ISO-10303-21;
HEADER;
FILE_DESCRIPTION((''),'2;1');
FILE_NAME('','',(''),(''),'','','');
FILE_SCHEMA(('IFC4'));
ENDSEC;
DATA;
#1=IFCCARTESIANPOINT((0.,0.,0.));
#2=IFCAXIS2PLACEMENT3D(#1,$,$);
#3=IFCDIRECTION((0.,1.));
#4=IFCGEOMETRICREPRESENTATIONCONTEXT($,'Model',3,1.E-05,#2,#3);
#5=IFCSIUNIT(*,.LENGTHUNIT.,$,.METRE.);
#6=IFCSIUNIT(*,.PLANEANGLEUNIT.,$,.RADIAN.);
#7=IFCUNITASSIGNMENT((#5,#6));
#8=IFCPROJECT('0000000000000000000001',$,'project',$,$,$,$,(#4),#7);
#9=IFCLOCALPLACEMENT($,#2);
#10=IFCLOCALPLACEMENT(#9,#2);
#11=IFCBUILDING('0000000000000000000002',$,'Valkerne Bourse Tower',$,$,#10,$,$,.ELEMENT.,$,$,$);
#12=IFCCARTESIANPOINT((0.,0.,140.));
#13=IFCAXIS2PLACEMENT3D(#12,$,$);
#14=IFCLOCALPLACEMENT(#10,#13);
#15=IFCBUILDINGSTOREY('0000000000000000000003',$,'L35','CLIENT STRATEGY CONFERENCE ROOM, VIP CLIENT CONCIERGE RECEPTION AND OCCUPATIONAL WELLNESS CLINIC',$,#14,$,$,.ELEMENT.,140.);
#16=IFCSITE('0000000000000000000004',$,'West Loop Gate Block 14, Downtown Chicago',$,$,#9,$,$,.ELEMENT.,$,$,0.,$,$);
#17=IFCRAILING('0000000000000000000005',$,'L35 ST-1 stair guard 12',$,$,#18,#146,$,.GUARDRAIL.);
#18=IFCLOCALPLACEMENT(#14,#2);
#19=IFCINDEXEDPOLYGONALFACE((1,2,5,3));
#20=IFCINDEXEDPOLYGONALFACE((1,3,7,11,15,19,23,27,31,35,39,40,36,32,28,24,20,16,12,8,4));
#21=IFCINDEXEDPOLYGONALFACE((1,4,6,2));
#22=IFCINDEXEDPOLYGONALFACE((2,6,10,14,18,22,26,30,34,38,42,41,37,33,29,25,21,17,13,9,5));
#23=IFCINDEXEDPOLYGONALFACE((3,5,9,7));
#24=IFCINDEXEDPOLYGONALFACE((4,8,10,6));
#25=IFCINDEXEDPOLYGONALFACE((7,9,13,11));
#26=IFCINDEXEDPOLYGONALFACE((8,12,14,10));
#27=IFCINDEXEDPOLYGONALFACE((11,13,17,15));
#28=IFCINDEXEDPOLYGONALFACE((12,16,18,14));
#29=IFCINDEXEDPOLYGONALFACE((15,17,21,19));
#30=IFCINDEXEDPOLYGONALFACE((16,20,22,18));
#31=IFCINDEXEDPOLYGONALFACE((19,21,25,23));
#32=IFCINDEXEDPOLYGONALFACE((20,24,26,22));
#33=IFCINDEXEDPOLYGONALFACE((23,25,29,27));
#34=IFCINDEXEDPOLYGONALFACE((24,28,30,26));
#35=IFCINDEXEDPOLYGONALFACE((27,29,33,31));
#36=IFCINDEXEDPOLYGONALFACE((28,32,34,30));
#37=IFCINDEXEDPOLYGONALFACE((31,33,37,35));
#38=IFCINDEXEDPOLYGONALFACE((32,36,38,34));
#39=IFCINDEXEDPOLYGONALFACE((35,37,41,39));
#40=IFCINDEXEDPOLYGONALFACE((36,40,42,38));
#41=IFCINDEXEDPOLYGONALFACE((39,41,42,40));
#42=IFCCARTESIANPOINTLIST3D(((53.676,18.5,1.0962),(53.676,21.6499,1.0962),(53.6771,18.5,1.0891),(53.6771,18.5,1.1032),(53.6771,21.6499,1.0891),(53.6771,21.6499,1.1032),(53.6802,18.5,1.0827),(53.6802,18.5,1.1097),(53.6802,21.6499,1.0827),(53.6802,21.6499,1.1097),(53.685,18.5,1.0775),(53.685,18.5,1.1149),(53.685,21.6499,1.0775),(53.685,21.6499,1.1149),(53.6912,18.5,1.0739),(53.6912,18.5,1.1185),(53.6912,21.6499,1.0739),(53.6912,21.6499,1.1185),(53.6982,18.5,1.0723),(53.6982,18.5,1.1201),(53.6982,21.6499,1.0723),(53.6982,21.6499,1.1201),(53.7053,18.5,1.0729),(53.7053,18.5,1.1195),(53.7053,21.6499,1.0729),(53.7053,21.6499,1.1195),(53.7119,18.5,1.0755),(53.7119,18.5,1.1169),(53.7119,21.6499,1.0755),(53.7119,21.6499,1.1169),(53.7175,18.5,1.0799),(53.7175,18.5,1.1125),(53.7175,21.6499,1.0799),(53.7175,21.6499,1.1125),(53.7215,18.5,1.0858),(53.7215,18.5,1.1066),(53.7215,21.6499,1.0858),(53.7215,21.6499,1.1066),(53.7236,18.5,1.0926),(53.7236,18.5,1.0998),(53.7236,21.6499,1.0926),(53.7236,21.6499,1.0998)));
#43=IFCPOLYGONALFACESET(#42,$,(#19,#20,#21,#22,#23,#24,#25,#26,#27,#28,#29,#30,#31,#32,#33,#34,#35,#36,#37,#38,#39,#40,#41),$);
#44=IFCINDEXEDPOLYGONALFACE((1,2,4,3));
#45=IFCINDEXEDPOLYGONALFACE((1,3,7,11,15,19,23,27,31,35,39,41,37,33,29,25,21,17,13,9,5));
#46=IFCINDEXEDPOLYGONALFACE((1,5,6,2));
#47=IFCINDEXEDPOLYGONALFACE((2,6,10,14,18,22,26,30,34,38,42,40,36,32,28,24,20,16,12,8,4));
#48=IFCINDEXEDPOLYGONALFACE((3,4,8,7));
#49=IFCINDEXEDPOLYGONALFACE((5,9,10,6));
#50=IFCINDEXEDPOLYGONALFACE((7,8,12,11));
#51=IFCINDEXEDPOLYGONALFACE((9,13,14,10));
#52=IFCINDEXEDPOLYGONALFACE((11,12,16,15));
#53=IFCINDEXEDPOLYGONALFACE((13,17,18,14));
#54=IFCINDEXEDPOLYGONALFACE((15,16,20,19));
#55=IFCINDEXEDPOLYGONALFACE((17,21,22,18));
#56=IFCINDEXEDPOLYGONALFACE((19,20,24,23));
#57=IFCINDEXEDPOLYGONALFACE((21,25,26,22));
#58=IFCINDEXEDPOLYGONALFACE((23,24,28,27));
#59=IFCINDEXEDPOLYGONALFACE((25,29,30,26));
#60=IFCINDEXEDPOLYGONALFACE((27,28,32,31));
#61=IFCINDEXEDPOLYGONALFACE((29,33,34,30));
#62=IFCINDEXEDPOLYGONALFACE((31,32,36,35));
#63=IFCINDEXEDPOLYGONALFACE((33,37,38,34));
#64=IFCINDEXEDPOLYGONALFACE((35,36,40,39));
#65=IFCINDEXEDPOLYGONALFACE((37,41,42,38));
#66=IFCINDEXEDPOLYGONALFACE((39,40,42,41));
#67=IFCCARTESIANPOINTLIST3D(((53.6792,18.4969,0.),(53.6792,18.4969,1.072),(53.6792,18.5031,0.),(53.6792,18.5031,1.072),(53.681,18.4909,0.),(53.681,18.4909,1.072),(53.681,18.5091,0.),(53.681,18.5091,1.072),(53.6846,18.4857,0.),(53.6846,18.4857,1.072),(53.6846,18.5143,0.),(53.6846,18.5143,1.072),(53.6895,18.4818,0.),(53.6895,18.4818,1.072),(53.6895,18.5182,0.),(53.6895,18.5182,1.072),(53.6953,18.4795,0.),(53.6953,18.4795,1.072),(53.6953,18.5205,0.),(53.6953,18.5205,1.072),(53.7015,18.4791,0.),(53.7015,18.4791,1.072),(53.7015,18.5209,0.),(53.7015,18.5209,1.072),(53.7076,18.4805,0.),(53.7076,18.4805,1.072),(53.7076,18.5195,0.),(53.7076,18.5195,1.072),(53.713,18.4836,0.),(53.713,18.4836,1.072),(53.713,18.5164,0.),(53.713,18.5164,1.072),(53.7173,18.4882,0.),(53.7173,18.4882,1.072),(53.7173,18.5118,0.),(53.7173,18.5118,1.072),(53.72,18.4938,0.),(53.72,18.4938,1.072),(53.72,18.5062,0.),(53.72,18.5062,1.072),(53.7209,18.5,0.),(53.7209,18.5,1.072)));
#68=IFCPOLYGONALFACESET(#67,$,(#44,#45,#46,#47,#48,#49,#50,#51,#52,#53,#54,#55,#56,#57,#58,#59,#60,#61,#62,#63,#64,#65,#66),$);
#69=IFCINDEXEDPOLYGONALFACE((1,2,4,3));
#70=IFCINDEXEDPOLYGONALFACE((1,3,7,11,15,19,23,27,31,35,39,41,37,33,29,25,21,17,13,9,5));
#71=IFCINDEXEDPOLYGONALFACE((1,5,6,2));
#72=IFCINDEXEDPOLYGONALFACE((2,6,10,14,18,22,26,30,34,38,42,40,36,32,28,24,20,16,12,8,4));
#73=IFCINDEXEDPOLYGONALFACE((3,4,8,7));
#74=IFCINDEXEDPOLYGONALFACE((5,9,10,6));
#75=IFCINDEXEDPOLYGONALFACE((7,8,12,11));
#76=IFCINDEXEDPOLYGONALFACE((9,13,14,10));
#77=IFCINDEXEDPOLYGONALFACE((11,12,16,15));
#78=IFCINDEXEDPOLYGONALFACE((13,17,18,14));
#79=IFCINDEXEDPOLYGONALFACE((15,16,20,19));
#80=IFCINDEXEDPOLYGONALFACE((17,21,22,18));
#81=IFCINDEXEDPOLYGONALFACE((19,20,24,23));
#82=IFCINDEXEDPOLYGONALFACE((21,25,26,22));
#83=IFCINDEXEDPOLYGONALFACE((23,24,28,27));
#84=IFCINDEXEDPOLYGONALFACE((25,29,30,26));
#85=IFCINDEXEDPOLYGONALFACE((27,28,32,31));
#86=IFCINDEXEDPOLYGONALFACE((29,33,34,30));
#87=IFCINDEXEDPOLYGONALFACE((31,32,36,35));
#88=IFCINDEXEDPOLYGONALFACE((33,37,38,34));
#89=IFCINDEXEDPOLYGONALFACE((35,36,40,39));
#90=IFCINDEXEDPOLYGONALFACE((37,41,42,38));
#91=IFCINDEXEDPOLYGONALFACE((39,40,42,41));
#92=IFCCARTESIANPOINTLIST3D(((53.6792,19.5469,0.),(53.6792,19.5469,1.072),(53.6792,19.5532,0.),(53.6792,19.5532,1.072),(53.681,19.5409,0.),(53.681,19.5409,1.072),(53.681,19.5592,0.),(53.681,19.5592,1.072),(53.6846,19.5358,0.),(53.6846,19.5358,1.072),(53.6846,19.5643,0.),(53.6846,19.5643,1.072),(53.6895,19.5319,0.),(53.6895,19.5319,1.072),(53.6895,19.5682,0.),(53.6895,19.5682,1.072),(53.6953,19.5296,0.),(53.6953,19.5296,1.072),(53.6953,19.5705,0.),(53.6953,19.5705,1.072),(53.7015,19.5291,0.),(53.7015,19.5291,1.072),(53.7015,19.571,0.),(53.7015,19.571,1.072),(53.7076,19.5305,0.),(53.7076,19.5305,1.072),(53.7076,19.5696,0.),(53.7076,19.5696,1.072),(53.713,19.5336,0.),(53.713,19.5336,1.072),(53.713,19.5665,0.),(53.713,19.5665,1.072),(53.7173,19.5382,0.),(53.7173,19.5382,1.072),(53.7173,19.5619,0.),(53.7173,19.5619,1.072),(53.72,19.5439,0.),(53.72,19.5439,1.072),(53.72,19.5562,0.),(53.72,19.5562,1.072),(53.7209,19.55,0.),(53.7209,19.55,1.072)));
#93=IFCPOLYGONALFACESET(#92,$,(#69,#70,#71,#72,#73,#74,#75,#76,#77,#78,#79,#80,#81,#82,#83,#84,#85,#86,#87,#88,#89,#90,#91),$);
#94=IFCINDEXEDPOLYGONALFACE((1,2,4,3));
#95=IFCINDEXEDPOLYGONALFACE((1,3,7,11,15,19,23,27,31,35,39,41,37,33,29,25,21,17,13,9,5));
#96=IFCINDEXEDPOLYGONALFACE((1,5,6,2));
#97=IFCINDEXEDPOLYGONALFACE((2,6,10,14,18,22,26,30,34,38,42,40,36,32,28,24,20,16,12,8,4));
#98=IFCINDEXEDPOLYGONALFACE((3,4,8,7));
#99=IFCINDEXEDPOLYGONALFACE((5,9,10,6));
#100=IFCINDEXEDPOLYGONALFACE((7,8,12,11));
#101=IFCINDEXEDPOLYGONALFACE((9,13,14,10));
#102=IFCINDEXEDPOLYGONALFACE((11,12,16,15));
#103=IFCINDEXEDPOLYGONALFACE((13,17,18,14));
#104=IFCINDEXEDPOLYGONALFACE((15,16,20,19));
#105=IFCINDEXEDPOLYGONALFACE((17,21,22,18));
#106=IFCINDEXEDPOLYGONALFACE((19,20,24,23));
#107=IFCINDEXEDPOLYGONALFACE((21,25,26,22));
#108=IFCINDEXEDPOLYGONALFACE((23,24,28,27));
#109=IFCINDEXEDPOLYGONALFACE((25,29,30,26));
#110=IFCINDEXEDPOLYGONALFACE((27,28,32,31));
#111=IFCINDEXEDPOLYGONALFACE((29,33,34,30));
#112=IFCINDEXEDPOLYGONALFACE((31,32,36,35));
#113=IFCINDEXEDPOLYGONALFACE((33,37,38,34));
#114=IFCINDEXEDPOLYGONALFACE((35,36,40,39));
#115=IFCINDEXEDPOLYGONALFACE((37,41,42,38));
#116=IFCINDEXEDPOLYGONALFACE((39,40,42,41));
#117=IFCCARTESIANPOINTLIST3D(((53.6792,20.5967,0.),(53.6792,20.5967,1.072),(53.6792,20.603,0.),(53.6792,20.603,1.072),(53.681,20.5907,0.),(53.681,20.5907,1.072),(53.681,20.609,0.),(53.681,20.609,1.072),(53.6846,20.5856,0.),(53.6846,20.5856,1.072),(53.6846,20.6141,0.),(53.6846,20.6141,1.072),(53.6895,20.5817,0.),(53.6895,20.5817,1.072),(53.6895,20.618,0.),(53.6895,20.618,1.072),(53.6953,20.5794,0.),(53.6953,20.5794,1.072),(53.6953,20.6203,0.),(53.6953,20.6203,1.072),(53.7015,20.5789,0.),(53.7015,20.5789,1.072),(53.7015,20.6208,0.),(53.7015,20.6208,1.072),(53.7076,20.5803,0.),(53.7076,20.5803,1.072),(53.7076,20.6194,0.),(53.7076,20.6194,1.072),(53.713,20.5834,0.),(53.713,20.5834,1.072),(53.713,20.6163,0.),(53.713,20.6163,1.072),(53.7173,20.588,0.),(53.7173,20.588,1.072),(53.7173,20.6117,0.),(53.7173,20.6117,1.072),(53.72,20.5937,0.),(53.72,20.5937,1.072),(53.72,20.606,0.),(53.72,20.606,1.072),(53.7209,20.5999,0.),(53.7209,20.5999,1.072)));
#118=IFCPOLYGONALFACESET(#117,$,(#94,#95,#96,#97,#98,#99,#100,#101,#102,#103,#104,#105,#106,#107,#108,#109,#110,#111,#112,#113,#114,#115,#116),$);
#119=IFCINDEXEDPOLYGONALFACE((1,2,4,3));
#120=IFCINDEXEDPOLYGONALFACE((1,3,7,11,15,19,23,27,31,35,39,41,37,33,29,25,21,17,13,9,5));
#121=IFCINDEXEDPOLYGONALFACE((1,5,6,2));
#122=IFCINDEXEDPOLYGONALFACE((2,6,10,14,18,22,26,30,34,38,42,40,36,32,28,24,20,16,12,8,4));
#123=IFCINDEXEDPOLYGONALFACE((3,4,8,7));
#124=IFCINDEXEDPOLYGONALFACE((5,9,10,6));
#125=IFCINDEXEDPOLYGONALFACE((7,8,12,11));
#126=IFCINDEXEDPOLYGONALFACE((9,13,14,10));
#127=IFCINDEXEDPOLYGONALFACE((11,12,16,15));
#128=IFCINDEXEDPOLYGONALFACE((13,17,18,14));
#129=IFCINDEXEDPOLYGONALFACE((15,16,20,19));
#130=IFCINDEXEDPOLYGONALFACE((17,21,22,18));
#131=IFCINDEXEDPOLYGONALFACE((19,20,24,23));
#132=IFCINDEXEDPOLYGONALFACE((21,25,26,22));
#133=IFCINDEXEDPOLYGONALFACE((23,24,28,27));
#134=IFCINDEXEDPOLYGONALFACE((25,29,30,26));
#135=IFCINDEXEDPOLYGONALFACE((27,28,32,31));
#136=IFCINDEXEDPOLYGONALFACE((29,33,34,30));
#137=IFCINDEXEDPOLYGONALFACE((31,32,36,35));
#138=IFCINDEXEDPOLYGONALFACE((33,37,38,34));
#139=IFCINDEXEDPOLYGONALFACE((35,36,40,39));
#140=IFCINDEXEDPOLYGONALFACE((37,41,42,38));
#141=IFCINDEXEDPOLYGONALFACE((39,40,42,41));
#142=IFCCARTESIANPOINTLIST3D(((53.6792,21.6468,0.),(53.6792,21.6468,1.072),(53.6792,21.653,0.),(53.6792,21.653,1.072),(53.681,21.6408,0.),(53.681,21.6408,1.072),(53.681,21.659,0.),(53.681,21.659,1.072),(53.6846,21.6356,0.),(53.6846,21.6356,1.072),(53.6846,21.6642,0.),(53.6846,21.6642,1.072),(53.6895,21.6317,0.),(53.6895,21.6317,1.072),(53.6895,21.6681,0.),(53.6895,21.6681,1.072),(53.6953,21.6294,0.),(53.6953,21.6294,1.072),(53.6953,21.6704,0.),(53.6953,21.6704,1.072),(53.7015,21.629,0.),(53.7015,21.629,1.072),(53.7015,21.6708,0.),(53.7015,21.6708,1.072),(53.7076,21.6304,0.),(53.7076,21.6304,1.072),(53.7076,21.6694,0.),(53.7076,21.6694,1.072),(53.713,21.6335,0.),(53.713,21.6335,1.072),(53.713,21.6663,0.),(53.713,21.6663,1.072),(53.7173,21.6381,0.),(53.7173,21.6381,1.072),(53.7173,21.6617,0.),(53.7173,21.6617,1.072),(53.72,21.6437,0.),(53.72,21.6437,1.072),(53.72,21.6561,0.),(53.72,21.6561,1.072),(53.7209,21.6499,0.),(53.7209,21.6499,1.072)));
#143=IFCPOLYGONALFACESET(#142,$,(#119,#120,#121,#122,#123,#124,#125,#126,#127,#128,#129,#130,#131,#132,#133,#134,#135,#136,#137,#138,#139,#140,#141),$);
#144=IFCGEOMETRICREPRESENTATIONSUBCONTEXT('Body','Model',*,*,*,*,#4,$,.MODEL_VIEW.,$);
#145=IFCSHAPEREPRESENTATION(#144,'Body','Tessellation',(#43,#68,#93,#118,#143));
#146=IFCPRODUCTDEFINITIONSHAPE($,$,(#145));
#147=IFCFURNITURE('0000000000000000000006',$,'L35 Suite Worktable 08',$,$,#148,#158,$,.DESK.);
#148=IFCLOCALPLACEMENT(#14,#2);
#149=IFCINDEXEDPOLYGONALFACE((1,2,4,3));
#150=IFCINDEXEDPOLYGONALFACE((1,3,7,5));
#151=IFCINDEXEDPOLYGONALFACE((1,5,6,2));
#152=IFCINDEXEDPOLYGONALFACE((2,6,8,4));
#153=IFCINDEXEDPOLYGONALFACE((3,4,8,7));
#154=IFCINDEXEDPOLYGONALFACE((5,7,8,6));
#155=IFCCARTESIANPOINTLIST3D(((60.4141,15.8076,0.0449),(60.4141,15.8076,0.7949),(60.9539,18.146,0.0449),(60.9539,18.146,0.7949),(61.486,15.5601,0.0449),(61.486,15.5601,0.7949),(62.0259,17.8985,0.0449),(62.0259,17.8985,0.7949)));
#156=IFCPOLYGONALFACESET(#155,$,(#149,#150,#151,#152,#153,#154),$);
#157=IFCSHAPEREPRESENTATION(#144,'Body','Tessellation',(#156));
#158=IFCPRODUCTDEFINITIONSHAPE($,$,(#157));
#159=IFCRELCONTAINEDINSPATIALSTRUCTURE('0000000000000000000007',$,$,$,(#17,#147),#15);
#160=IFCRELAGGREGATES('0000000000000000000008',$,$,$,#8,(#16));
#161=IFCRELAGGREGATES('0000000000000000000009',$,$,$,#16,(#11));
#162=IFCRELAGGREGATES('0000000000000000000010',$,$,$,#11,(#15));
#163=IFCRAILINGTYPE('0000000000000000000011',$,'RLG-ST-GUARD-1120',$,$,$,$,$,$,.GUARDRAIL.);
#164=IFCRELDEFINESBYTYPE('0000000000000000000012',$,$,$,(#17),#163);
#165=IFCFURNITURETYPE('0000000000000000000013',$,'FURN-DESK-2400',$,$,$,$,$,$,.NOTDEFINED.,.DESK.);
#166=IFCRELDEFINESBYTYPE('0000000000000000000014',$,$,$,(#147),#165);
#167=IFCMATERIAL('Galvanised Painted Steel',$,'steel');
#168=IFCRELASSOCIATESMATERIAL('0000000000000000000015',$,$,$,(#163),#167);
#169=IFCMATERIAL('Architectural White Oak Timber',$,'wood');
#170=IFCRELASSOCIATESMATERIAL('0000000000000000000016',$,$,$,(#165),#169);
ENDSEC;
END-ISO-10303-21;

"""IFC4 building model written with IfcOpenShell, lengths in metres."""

from ifc_helpers import new_model, si_unit, direction, frame, origin, origin_2d, place, context, subcontext, project, spatial, rectangle, circle, extrude, material, type_object, element, save


model = new_model("IFC4")

# Units and contexts
model_context = context("Model", 3, precision=1e-05, world=origin(), true_north=direction((0.0, 1.0)))
body_context = subcontext(model_context, "Body", "Model", "MODEL_VIEW")
ifc_project = project(units=[si_unit("LENGTHUNIT", "METRE"), si_unit("PLANEANGLEUNIT", "RADIAN")], contexts=[model_context])

# Site, building, storey
site_placement = place(None, origin())
site = spatial("IfcSite", under=ifc_project, at=site_placement, Name="West Loop Gate Block 14, Downtown Chicago", CompositionType="ELEMENT", RefElevation=0.0)
building_placement = place(site_placement, origin())
building = spatial("IfcBuilding", under=site, at=building_placement, Name="Valkerne Bourse Tower", CompositionType="ELEMENT")
storey_placement = place(building_placement, frame((0.0, 0.0, 140.0)))
storey = spatial("IfcBuildingStorey", under=building, at=storey_placement, Name="L35", Description="CLIENT STRATEGY CONFERENCE ROOM, VIP CLIENT CONCIERGE RECEPTION AND OCCUPATIONAL WELLNESS CLINIC", CompositionType="ELEMENT", Elevation=140.0)

# Shared definitions
ifc_material_1 = material(Name="Architectural White Oak Timber", Category="wood")

# Railing
ifc_material_2 = material(Name="Galvanised Painted Steel", Category="steel")
railing_type = type_object("IfcRailingType", Name="RLG-ST-GUARD-1120", PredefinedType="GUARDRAIL", material=ifc_material_2)
railing_1_placement = place(storey_placement, frame((53.7, 18.5, 0.0)))
element("IfcRailing", 1, at=railing_1_placement, inside=storey, type_object=railing_type, Name="L35 ST-1 stair guard 12", PredefinedType="GUARDRAIL", context=body_context, shape_type="SweptSolid", body=[
    extrude(circle(Radius=0.0239, at=origin_2d()), frame((0.0, 0.0, 1.0962), z_axis=(0.0, 1.0, 0.0), x_axis=(-1.0, 0.0, 0.0)), (0.0, 0.0, 1.0), 3.1499),
    extrude(circle(Radius=0.021, at=origin_2d()), origin(), (0.0, 0.0, 1.0), 1.072),
    extrude(circle(Radius=0.021, at=origin_2d()), frame((0.0, 1.05, 0.0)), (0.0, 0.0, 1.0), 1.072),
    extrude(circle(Radius=0.021, at=origin_2d()), frame((0.0, 2.0999, 0.0)), (0.0, 0.0, 1.0), 1.072),
    extrude(circle(Radius=0.021, at=origin_2d()), frame((0.0, 3.1499, 0.0)), (0.0, 0.0, 1.0), 1.072),
])

# Furniture
furniture_type = type_object("IfcFurnitureType", Name="FURN-DESK-2400", AssemblyPlace="NOTDEFINED", PredefinedType="DESK", material=ifc_material_1)
furniture_placement = place(storey_placement, frame((61.22, 16.853, 0.0449), z_axis=(0.0, 0.0, 1.0), x_axis=(0.224951, 0.97437, 0.0)))
element("IfcFurniture", 2, at=furniture_placement, inside=storey, type_object=furniture_type, Name="L35 Suite Worktable 08", PredefinedType="DESK", context=body_context, shape_type="SweptSolid", body=[
    extrude(rectangle(XDim=2.3999, YDim=1.1001, at=origin_2d()), origin(), (0.0, 0.0, 1.0), 0.75),
])

save(model, "model.ifc")
